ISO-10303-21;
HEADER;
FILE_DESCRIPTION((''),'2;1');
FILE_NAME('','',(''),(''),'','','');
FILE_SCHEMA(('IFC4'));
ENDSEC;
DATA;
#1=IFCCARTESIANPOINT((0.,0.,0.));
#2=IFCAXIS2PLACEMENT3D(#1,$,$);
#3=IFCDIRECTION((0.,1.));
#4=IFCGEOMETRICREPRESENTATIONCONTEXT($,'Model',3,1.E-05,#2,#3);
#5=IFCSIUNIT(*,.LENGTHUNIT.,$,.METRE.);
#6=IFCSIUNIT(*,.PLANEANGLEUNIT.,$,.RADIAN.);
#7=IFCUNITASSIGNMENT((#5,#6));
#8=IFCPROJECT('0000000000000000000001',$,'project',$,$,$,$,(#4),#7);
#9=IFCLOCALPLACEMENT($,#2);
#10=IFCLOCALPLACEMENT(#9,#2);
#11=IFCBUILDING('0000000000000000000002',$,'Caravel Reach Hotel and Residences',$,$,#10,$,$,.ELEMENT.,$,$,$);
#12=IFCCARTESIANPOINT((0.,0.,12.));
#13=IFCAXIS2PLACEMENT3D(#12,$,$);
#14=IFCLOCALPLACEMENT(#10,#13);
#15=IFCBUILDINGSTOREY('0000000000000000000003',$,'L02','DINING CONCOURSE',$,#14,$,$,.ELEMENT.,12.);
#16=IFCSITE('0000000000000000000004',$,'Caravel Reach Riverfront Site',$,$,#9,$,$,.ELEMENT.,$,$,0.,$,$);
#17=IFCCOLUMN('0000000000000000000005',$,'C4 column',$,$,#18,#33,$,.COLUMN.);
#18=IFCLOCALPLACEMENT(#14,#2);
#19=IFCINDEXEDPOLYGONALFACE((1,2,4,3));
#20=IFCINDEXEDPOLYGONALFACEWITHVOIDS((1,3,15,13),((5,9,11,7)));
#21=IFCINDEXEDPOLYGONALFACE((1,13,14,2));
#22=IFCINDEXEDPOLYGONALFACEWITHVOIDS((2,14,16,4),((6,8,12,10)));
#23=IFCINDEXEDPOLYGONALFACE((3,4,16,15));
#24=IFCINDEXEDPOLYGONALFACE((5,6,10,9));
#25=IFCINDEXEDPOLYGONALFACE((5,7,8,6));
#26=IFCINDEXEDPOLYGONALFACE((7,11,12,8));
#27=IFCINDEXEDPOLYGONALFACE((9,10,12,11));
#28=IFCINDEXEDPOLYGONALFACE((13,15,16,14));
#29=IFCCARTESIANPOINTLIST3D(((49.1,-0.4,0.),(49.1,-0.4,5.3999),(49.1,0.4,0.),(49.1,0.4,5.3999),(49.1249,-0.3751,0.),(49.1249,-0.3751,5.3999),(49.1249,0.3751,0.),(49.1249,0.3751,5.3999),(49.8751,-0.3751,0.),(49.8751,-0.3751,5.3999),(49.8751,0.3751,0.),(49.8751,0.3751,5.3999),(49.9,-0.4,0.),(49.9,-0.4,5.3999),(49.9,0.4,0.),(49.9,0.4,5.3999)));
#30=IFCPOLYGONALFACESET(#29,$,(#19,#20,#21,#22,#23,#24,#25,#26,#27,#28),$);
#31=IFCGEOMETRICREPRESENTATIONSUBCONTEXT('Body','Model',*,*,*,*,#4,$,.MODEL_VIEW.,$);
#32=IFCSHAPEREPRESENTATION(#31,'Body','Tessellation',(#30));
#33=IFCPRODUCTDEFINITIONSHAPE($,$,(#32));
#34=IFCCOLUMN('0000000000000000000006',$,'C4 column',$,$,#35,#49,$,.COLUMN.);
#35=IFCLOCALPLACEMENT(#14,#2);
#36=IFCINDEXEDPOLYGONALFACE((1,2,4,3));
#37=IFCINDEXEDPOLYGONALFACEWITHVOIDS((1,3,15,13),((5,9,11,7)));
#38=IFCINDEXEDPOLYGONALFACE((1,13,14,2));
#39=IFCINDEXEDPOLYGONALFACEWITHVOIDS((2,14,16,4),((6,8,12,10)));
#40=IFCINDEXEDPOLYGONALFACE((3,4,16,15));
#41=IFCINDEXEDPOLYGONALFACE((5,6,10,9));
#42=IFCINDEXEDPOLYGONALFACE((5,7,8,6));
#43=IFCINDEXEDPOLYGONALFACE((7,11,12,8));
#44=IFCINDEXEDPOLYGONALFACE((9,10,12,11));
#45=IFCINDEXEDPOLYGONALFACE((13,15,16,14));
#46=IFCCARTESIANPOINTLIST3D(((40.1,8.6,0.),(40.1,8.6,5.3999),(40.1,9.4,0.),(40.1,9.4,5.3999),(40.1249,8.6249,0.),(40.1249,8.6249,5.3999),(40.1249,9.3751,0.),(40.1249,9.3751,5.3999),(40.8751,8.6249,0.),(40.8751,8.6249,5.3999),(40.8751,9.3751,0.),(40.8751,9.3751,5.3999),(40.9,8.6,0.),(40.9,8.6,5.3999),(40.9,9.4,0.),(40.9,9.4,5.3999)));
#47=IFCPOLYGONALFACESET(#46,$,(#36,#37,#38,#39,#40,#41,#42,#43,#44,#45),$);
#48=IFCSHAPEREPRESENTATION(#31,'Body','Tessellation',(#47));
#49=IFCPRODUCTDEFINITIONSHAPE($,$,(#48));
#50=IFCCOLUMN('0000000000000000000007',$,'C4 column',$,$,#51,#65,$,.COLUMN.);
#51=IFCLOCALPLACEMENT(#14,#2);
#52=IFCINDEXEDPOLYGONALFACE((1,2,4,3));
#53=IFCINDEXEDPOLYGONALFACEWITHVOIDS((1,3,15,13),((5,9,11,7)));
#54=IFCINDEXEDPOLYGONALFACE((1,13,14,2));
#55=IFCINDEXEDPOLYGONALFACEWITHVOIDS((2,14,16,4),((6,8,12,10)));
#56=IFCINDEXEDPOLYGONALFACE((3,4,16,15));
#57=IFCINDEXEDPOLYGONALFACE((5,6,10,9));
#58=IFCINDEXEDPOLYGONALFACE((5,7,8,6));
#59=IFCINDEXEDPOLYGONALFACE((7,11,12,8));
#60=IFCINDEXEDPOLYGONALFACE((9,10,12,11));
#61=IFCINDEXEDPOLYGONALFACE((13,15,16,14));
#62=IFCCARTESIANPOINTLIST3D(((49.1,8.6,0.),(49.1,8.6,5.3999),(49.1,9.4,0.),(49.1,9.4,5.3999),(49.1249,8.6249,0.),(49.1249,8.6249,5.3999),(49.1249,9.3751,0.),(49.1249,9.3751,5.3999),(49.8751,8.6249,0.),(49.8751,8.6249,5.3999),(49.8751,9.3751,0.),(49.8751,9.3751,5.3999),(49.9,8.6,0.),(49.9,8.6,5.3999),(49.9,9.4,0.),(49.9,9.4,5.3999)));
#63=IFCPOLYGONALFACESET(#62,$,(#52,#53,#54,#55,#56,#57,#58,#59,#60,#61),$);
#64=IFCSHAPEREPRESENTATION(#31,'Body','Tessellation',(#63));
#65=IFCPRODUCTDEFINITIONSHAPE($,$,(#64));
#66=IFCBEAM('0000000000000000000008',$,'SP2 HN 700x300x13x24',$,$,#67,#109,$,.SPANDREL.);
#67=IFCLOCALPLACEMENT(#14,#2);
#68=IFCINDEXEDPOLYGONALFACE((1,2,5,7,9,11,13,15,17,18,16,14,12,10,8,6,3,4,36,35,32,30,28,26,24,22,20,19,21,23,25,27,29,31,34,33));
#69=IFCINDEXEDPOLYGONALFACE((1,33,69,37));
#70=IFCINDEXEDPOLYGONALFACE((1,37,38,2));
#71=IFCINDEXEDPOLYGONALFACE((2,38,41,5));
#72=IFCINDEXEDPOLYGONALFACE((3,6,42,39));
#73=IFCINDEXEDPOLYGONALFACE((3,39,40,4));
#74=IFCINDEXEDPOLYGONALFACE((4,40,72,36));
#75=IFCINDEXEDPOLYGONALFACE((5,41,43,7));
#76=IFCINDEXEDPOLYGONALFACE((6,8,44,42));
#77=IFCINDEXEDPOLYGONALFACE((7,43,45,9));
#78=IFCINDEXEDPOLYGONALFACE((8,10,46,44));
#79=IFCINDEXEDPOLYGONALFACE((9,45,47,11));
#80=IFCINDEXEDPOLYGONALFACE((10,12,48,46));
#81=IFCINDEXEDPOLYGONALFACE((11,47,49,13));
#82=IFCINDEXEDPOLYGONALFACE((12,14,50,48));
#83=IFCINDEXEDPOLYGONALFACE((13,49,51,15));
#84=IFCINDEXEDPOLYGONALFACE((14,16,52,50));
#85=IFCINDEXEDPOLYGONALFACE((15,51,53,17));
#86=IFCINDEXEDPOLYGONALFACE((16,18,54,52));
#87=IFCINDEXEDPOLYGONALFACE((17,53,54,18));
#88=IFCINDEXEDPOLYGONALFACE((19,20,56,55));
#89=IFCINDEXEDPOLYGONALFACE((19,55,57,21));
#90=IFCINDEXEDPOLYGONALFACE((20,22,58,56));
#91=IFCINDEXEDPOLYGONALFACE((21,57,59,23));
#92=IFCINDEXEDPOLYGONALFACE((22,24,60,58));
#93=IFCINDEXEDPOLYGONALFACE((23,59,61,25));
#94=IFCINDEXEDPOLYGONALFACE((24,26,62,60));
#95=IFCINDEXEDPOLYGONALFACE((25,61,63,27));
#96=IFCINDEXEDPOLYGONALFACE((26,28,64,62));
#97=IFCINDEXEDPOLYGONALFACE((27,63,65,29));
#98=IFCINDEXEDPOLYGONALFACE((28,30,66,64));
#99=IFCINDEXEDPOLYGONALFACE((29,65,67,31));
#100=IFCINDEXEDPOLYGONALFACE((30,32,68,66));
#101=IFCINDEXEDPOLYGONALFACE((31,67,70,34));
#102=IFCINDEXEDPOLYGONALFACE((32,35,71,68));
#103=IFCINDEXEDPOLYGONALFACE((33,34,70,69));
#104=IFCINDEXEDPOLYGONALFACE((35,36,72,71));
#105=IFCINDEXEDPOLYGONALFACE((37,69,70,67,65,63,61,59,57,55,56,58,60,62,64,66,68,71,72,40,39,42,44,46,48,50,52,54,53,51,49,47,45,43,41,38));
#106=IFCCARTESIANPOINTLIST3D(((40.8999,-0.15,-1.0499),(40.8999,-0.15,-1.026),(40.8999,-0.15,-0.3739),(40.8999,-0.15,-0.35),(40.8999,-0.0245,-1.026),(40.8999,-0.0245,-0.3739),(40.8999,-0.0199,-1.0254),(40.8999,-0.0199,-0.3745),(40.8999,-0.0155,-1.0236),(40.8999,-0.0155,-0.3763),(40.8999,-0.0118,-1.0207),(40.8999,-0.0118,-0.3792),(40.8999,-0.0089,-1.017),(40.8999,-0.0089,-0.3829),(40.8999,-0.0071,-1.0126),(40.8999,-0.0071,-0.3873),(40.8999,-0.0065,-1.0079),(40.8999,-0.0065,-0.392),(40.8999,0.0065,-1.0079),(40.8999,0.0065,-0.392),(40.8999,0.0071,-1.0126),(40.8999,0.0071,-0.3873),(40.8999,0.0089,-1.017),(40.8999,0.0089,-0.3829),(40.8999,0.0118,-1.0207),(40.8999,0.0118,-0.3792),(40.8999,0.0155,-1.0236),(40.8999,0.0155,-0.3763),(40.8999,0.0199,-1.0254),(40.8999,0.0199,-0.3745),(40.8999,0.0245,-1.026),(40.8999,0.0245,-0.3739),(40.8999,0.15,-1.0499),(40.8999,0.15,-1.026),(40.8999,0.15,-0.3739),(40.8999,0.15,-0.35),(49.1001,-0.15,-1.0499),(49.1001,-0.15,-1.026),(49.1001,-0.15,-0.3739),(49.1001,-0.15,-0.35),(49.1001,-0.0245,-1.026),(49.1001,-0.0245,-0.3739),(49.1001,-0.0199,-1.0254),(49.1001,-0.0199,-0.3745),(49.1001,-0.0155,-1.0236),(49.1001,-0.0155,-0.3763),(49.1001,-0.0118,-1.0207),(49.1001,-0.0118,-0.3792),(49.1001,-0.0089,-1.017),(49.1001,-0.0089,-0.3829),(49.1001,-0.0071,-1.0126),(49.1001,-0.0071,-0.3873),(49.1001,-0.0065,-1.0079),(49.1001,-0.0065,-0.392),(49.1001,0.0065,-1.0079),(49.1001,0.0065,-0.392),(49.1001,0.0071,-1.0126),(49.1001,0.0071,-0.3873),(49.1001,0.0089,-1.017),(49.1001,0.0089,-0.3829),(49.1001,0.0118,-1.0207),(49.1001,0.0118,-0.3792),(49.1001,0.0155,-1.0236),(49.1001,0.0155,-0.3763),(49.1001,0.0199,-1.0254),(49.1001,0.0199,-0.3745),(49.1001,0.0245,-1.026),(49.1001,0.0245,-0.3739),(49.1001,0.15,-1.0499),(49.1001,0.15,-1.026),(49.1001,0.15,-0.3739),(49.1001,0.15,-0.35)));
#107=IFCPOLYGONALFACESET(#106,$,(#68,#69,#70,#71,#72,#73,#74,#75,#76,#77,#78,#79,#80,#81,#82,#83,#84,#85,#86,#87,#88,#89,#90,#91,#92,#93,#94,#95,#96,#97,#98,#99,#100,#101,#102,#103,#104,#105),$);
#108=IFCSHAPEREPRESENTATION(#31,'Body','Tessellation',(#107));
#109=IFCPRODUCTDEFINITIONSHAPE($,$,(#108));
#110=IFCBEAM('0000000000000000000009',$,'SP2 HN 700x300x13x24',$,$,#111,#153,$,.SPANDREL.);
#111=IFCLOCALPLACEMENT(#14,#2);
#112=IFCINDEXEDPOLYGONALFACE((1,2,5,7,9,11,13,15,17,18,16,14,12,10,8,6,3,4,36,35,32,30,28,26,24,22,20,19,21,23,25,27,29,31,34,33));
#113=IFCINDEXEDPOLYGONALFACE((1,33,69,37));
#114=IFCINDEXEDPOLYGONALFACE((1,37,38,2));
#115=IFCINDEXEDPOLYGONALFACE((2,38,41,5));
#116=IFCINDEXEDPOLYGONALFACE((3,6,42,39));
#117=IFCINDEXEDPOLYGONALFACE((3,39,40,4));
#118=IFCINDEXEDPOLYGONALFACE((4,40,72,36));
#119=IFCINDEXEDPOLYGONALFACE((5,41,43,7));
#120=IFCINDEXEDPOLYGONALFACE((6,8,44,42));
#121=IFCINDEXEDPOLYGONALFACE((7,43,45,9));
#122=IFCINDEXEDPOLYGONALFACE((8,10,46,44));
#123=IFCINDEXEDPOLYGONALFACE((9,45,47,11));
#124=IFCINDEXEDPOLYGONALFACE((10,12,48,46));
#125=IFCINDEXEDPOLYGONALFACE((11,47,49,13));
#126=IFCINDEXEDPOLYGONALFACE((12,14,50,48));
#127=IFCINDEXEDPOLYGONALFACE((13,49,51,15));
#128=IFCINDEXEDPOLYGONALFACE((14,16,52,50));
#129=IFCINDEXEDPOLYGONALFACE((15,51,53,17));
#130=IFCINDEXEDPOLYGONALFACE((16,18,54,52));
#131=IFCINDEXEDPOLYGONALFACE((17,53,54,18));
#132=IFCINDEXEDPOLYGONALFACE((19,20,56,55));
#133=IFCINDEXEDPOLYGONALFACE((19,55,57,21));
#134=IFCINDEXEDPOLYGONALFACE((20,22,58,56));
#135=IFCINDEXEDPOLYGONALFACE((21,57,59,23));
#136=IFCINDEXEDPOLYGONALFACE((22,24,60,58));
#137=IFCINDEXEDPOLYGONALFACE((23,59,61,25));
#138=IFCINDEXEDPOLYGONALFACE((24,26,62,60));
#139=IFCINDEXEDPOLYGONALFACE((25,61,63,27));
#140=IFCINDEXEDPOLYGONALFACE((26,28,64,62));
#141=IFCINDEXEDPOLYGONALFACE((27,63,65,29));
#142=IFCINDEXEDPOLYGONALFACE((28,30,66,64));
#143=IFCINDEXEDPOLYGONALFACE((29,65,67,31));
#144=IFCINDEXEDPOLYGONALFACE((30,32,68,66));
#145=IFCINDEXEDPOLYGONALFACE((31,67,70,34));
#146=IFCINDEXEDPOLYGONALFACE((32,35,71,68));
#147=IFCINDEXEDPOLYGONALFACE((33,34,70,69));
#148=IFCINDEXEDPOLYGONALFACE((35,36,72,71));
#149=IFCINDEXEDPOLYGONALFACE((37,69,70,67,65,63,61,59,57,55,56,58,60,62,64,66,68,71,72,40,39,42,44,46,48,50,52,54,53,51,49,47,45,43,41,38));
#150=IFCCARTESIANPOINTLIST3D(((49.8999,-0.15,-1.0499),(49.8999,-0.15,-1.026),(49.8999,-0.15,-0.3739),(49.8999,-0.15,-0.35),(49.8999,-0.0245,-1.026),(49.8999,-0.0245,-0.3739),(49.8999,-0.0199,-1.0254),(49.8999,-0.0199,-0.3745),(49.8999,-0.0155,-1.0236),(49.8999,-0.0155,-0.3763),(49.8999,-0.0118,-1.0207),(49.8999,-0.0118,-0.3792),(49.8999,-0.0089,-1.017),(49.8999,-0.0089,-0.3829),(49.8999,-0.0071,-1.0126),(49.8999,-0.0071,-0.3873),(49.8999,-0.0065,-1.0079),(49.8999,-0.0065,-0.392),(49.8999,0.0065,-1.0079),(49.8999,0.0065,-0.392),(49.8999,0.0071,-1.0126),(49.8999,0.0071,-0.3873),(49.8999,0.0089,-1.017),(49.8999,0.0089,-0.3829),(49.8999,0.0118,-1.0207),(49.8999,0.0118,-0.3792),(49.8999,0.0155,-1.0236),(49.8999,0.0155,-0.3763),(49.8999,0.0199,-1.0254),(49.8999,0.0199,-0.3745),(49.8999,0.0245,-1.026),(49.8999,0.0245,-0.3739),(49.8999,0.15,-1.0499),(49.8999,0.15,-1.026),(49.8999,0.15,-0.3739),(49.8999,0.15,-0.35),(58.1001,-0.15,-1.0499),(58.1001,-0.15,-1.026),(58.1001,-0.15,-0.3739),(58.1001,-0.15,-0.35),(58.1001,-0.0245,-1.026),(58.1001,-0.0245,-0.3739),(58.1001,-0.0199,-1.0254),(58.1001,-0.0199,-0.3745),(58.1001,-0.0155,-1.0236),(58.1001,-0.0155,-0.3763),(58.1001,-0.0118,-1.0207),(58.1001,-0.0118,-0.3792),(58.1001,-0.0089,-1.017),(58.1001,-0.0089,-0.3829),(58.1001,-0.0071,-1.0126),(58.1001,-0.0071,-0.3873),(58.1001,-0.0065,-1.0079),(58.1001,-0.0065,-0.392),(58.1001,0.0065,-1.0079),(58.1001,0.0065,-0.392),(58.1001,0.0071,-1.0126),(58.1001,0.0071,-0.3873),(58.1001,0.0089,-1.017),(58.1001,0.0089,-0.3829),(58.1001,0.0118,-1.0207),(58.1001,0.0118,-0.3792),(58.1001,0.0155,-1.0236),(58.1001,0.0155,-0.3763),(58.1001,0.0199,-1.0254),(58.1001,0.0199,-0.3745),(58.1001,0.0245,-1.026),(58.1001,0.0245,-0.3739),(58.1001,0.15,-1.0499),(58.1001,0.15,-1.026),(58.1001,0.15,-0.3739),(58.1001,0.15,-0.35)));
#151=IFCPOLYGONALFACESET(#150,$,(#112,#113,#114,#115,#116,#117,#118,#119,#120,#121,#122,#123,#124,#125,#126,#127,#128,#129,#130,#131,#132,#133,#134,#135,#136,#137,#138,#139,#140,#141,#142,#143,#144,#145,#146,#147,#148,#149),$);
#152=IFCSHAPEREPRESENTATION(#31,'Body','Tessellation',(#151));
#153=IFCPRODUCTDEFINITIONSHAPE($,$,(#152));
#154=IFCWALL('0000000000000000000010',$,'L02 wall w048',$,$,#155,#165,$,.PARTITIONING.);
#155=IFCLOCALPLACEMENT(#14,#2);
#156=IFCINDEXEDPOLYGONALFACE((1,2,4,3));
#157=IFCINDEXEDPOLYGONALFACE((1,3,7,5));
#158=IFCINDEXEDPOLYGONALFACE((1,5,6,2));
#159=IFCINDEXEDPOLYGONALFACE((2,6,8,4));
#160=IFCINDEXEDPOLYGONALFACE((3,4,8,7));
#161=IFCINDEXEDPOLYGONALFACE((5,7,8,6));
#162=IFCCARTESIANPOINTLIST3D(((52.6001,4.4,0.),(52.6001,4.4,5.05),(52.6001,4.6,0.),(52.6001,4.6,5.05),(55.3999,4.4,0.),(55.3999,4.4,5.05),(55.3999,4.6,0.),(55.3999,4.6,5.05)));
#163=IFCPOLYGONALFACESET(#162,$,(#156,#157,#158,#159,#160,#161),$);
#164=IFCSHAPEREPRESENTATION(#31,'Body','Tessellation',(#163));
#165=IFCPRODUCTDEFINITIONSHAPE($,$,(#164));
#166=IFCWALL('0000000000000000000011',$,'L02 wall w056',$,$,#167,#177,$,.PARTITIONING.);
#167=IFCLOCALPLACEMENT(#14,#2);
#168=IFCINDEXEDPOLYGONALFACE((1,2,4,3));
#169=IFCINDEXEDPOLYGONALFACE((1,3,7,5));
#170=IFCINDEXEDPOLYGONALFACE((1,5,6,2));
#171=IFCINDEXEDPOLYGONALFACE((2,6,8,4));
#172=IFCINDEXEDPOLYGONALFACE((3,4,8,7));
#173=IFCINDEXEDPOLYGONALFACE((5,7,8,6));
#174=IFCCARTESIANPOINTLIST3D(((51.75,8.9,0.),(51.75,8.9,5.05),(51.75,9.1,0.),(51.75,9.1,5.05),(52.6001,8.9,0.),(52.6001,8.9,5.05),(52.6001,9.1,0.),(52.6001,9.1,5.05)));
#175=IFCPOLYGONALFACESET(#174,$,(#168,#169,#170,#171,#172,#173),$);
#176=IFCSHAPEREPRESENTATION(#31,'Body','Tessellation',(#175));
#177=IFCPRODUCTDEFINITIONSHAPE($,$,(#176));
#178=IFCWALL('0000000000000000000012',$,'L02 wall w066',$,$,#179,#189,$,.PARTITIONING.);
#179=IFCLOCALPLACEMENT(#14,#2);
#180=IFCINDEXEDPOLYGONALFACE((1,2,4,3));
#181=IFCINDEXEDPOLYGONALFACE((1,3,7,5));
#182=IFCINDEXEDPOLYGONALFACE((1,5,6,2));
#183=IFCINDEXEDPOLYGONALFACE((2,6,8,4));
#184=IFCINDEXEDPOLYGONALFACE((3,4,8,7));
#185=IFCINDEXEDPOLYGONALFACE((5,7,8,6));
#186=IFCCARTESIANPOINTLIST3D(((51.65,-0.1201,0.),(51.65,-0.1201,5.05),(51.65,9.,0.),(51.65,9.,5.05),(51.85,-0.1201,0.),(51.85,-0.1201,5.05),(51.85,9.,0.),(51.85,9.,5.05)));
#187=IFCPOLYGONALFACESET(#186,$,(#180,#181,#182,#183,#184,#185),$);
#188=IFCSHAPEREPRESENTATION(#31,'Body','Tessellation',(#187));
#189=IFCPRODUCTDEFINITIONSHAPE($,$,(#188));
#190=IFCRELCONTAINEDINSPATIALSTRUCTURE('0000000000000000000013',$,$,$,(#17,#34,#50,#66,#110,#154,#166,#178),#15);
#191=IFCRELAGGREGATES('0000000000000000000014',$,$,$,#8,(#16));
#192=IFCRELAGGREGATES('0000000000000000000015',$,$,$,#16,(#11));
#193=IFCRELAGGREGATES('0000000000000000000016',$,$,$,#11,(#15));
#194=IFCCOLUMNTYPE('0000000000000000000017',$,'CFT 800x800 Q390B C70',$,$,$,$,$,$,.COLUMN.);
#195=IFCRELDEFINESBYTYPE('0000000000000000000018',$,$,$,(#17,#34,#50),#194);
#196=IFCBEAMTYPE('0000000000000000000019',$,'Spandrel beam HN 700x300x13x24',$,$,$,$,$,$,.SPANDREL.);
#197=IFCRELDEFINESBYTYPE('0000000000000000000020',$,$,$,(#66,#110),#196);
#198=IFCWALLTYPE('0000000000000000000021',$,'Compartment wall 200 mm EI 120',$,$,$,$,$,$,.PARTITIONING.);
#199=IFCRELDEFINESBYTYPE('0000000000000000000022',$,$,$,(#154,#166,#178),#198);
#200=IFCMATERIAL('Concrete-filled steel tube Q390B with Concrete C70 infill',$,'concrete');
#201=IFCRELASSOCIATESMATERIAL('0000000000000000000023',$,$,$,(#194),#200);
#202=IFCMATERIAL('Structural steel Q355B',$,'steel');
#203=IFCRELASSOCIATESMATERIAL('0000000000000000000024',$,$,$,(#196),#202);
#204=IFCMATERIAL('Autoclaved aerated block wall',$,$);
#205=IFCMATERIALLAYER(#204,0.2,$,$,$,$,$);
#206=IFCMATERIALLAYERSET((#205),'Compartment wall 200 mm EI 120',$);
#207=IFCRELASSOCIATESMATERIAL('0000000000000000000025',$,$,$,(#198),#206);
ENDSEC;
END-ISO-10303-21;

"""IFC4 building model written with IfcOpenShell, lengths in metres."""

from ifc_helpers import new_model, si_unit, direction, frame, frame_2d, origin, origin_2d, place, context, subcontext, project, spatial, rectangle, hollow_rectangle, i_section, extrude, material, layer, layer_set, material_profile, profile_set, type_object, element, save


model = new_model("IFC4")

# Units and contexts
model_context = context("Model", 3, precision=1e-05, world=origin(), true_north=direction((0.0, 1.0)))
body_context = subcontext(model_context, "Body", "Model", "MODEL_VIEW")
ifc_project = project(units=[si_unit("LENGTHUNIT", "METRE"), si_unit("PLANEANGLEUNIT", "RADIAN")], contexts=[model_context])

# Site, building, storey
site_placement = place(None, origin())
site = spatial("IfcSite", under=ifc_project, at=site_placement, Name="Caravel Reach Riverfront Site", CompositionType="ELEMENT", RefElevation=0.0)
building_placement = place(site_placement, origin())
building = spatial("IfcBuilding", under=site, at=building_placement, Name="Caravel Reach Hotel and Residences", CompositionType="ELEMENT")
storey_placement = place(building_placement, frame((0.0, 0.0, 12.0)))
storey = spatial("IfcBuildingStorey", under=building, at=storey_placement, Name="L02", Description="DINING CONCOURSE", CompositionType="ELEMENT", Elevation=12.0)

# Columns
ifc_material_1 = material(Name="Concrete-filled steel tube Q390B with Concrete C70 infill", Category="concrete")
ifc_material_profile_1 = material_profile(ifc_material_1, hollow_rectangle(XDim=0.8, YDim=0.8, WallThickness=0.0249, at=origin_2d()), Name="RHS 800x800x25")
ifc_profile_set_1 = profile_set([ifc_material_profile_1], Name="Concrete-filled steel tube Q390B with Concrete C70 infill")
column_type = type_object("IfcColumnType", Name="CFT 800x800 Q390B C70", PredefinedType="COLUMN", material=ifc_profile_set_1)
for number, where, z_axis, x_axis, name in (
    (1, (49.5, 0.0, 0.0), (0.0, 0.0, 1.0), (1.0, 0.0, 0.0), "C4 column"),
    (2, (40.5, 9.0, 0.0), (0.0, 0.0, 1.0), (1.0, 0.0, 0.0), "C4 column"),
    (3, (49.5, 9.0, 0.0), (0.0, 0.0, 1.0), (1.0, 0.0, 0.0), "C4 column"),
):
    element("IfcColumn", number, at=place(storey_placement, frame(where, z_axis=z_axis, x_axis=x_axis)), inside=storey, type_object=column_type, Name=name, PredefinedType="COLUMN", context=body_context, shape_type="SweptSolid", body=[
        extrude(hollow_rectangle(XDim=0.8, YDim=0.8, WallThickness=0.0249, at=origin_2d()), origin(), (0.0, 0.0, 1.0), 5.3999),
    ])

# Beams
ifc_material_2 = material(Name="Structural steel Q355B", Category="steel")
ifc_material_profile_2 = material_profile(ifc_material_2, i_section(OverallWidth=0.3, OverallDepth=0.7, WebThickness=0.0129, FlangeThickness=0.0239, FilletRadius=0.0181, at=origin_2d()), Name="HN 700x300x13x24")
ifc_profile_set_2 = profile_set([ifc_material_profile_2], Name="Structural steel Q355B")
beam_type = type_object("IfcBeamType", Name="Spandrel beam HN 700x300x13x24", PredefinedType="SPANDREL", material=ifc_profile_set_2)
for number, where, z_axis, x_axis, name in (
    (4, (40.8999, 0.0, -0.7), (1.0, 0.0, 0.0), (0.0, 1.0, 0.0), "SP2 HN 700x300x13x24"),
    (5, (49.8999, 0.0, -0.7), (1.0, 0.0, 0.0), (0.0, 1.0, 0.0), "SP2 HN 700x300x13x24"),
):
    element("IfcBeam", number, at=place(storey_placement, frame(where, z_axis=z_axis, x_axis=x_axis)), inside=storey, type_object=beam_type, Name=name, PredefinedType="SPANDREL", context=body_context, shape_type="SweptSolid", body=[
        extrude(i_section(OverallWidth=0.3, OverallDepth=0.7, WebThickness=0.0129, FlangeThickness=0.0239, FilletRadius=0.0181, at=origin_2d()), origin(), (0.0, 0.0, 1.0), 8.2002),
    ])

# Walls
ifc_material_3 = material(Name="Autoclaved aerated block wall")
ifc_layer_1 = layer(ifc_material_3, 0.2)
ifc_layer_set_1 = layer_set([ifc_layer_1], Name="Compartment wall 200 mm EI 120")
wall_type_1 = type_object("IfcWallType", Name="Compartment wall 200 mm EI 120", PredefinedType="PARTITIONING", material=ifc_layer_set_1)
wall_1_placement = place(storey_placement, frame((52.6001, 4.5, 0.0), z_axis=(0.0, 0.0, 1.0), x_axis=(1.0, 0.0, 0.0)))
element("IfcWall", 6, at=wall_1_placement, inside=storey, type_object=wall_type_1, Name="L02 wall w048", PredefinedType="PARTITIONING", context=body_context, shape_type="SweptSolid", body=[
    extrude(rectangle(XDim=2.7998, YDim=0.2, at=frame_2d((1.3999, 0.0))), origin(), (0.0, 0.0, 1.0), 5.05),
])
wall_2_placement = place(storey_placement, frame((51.75, 9.0, 0.0), z_axis=(0.0, 0.0, 1.0), x_axis=(1.0, 0.0, 0.0)))
element("IfcWall", 7, at=wall_2_placement, inside=storey, type_object=wall_type_1, Name="L02 wall w056", PredefinedType="PARTITIONING", context=body_context, shape_type="SweptSolid", body=[
    extrude(rectangle(XDim=0.8501, YDim=0.2, at=frame_2d((0.425, 0.0))), origin(), (0.0, 0.0, 1.0), 5.05),
])
wall_3_placement = place(storey_placement, frame((51.75, -0.1201, 0.0), z_axis=(0.0, 0.0, 1.0), x_axis=(0.0, 1.0, 0.0)))
element("IfcWall", 8, at=wall_3_placement, inside=storey, type_object=wall_type_1, Name="L02 wall w066", PredefinedType="PARTITIONING", context=body_context, shape_type="SweptSolid", body=[
    extrude(rectangle(XDim=9.1201, YDim=0.2, at=frame_2d((4.5601, 0.0))), origin(), (0.0, 0.0, 1.0), 5.05),
])

save(model, "model.ifc")
